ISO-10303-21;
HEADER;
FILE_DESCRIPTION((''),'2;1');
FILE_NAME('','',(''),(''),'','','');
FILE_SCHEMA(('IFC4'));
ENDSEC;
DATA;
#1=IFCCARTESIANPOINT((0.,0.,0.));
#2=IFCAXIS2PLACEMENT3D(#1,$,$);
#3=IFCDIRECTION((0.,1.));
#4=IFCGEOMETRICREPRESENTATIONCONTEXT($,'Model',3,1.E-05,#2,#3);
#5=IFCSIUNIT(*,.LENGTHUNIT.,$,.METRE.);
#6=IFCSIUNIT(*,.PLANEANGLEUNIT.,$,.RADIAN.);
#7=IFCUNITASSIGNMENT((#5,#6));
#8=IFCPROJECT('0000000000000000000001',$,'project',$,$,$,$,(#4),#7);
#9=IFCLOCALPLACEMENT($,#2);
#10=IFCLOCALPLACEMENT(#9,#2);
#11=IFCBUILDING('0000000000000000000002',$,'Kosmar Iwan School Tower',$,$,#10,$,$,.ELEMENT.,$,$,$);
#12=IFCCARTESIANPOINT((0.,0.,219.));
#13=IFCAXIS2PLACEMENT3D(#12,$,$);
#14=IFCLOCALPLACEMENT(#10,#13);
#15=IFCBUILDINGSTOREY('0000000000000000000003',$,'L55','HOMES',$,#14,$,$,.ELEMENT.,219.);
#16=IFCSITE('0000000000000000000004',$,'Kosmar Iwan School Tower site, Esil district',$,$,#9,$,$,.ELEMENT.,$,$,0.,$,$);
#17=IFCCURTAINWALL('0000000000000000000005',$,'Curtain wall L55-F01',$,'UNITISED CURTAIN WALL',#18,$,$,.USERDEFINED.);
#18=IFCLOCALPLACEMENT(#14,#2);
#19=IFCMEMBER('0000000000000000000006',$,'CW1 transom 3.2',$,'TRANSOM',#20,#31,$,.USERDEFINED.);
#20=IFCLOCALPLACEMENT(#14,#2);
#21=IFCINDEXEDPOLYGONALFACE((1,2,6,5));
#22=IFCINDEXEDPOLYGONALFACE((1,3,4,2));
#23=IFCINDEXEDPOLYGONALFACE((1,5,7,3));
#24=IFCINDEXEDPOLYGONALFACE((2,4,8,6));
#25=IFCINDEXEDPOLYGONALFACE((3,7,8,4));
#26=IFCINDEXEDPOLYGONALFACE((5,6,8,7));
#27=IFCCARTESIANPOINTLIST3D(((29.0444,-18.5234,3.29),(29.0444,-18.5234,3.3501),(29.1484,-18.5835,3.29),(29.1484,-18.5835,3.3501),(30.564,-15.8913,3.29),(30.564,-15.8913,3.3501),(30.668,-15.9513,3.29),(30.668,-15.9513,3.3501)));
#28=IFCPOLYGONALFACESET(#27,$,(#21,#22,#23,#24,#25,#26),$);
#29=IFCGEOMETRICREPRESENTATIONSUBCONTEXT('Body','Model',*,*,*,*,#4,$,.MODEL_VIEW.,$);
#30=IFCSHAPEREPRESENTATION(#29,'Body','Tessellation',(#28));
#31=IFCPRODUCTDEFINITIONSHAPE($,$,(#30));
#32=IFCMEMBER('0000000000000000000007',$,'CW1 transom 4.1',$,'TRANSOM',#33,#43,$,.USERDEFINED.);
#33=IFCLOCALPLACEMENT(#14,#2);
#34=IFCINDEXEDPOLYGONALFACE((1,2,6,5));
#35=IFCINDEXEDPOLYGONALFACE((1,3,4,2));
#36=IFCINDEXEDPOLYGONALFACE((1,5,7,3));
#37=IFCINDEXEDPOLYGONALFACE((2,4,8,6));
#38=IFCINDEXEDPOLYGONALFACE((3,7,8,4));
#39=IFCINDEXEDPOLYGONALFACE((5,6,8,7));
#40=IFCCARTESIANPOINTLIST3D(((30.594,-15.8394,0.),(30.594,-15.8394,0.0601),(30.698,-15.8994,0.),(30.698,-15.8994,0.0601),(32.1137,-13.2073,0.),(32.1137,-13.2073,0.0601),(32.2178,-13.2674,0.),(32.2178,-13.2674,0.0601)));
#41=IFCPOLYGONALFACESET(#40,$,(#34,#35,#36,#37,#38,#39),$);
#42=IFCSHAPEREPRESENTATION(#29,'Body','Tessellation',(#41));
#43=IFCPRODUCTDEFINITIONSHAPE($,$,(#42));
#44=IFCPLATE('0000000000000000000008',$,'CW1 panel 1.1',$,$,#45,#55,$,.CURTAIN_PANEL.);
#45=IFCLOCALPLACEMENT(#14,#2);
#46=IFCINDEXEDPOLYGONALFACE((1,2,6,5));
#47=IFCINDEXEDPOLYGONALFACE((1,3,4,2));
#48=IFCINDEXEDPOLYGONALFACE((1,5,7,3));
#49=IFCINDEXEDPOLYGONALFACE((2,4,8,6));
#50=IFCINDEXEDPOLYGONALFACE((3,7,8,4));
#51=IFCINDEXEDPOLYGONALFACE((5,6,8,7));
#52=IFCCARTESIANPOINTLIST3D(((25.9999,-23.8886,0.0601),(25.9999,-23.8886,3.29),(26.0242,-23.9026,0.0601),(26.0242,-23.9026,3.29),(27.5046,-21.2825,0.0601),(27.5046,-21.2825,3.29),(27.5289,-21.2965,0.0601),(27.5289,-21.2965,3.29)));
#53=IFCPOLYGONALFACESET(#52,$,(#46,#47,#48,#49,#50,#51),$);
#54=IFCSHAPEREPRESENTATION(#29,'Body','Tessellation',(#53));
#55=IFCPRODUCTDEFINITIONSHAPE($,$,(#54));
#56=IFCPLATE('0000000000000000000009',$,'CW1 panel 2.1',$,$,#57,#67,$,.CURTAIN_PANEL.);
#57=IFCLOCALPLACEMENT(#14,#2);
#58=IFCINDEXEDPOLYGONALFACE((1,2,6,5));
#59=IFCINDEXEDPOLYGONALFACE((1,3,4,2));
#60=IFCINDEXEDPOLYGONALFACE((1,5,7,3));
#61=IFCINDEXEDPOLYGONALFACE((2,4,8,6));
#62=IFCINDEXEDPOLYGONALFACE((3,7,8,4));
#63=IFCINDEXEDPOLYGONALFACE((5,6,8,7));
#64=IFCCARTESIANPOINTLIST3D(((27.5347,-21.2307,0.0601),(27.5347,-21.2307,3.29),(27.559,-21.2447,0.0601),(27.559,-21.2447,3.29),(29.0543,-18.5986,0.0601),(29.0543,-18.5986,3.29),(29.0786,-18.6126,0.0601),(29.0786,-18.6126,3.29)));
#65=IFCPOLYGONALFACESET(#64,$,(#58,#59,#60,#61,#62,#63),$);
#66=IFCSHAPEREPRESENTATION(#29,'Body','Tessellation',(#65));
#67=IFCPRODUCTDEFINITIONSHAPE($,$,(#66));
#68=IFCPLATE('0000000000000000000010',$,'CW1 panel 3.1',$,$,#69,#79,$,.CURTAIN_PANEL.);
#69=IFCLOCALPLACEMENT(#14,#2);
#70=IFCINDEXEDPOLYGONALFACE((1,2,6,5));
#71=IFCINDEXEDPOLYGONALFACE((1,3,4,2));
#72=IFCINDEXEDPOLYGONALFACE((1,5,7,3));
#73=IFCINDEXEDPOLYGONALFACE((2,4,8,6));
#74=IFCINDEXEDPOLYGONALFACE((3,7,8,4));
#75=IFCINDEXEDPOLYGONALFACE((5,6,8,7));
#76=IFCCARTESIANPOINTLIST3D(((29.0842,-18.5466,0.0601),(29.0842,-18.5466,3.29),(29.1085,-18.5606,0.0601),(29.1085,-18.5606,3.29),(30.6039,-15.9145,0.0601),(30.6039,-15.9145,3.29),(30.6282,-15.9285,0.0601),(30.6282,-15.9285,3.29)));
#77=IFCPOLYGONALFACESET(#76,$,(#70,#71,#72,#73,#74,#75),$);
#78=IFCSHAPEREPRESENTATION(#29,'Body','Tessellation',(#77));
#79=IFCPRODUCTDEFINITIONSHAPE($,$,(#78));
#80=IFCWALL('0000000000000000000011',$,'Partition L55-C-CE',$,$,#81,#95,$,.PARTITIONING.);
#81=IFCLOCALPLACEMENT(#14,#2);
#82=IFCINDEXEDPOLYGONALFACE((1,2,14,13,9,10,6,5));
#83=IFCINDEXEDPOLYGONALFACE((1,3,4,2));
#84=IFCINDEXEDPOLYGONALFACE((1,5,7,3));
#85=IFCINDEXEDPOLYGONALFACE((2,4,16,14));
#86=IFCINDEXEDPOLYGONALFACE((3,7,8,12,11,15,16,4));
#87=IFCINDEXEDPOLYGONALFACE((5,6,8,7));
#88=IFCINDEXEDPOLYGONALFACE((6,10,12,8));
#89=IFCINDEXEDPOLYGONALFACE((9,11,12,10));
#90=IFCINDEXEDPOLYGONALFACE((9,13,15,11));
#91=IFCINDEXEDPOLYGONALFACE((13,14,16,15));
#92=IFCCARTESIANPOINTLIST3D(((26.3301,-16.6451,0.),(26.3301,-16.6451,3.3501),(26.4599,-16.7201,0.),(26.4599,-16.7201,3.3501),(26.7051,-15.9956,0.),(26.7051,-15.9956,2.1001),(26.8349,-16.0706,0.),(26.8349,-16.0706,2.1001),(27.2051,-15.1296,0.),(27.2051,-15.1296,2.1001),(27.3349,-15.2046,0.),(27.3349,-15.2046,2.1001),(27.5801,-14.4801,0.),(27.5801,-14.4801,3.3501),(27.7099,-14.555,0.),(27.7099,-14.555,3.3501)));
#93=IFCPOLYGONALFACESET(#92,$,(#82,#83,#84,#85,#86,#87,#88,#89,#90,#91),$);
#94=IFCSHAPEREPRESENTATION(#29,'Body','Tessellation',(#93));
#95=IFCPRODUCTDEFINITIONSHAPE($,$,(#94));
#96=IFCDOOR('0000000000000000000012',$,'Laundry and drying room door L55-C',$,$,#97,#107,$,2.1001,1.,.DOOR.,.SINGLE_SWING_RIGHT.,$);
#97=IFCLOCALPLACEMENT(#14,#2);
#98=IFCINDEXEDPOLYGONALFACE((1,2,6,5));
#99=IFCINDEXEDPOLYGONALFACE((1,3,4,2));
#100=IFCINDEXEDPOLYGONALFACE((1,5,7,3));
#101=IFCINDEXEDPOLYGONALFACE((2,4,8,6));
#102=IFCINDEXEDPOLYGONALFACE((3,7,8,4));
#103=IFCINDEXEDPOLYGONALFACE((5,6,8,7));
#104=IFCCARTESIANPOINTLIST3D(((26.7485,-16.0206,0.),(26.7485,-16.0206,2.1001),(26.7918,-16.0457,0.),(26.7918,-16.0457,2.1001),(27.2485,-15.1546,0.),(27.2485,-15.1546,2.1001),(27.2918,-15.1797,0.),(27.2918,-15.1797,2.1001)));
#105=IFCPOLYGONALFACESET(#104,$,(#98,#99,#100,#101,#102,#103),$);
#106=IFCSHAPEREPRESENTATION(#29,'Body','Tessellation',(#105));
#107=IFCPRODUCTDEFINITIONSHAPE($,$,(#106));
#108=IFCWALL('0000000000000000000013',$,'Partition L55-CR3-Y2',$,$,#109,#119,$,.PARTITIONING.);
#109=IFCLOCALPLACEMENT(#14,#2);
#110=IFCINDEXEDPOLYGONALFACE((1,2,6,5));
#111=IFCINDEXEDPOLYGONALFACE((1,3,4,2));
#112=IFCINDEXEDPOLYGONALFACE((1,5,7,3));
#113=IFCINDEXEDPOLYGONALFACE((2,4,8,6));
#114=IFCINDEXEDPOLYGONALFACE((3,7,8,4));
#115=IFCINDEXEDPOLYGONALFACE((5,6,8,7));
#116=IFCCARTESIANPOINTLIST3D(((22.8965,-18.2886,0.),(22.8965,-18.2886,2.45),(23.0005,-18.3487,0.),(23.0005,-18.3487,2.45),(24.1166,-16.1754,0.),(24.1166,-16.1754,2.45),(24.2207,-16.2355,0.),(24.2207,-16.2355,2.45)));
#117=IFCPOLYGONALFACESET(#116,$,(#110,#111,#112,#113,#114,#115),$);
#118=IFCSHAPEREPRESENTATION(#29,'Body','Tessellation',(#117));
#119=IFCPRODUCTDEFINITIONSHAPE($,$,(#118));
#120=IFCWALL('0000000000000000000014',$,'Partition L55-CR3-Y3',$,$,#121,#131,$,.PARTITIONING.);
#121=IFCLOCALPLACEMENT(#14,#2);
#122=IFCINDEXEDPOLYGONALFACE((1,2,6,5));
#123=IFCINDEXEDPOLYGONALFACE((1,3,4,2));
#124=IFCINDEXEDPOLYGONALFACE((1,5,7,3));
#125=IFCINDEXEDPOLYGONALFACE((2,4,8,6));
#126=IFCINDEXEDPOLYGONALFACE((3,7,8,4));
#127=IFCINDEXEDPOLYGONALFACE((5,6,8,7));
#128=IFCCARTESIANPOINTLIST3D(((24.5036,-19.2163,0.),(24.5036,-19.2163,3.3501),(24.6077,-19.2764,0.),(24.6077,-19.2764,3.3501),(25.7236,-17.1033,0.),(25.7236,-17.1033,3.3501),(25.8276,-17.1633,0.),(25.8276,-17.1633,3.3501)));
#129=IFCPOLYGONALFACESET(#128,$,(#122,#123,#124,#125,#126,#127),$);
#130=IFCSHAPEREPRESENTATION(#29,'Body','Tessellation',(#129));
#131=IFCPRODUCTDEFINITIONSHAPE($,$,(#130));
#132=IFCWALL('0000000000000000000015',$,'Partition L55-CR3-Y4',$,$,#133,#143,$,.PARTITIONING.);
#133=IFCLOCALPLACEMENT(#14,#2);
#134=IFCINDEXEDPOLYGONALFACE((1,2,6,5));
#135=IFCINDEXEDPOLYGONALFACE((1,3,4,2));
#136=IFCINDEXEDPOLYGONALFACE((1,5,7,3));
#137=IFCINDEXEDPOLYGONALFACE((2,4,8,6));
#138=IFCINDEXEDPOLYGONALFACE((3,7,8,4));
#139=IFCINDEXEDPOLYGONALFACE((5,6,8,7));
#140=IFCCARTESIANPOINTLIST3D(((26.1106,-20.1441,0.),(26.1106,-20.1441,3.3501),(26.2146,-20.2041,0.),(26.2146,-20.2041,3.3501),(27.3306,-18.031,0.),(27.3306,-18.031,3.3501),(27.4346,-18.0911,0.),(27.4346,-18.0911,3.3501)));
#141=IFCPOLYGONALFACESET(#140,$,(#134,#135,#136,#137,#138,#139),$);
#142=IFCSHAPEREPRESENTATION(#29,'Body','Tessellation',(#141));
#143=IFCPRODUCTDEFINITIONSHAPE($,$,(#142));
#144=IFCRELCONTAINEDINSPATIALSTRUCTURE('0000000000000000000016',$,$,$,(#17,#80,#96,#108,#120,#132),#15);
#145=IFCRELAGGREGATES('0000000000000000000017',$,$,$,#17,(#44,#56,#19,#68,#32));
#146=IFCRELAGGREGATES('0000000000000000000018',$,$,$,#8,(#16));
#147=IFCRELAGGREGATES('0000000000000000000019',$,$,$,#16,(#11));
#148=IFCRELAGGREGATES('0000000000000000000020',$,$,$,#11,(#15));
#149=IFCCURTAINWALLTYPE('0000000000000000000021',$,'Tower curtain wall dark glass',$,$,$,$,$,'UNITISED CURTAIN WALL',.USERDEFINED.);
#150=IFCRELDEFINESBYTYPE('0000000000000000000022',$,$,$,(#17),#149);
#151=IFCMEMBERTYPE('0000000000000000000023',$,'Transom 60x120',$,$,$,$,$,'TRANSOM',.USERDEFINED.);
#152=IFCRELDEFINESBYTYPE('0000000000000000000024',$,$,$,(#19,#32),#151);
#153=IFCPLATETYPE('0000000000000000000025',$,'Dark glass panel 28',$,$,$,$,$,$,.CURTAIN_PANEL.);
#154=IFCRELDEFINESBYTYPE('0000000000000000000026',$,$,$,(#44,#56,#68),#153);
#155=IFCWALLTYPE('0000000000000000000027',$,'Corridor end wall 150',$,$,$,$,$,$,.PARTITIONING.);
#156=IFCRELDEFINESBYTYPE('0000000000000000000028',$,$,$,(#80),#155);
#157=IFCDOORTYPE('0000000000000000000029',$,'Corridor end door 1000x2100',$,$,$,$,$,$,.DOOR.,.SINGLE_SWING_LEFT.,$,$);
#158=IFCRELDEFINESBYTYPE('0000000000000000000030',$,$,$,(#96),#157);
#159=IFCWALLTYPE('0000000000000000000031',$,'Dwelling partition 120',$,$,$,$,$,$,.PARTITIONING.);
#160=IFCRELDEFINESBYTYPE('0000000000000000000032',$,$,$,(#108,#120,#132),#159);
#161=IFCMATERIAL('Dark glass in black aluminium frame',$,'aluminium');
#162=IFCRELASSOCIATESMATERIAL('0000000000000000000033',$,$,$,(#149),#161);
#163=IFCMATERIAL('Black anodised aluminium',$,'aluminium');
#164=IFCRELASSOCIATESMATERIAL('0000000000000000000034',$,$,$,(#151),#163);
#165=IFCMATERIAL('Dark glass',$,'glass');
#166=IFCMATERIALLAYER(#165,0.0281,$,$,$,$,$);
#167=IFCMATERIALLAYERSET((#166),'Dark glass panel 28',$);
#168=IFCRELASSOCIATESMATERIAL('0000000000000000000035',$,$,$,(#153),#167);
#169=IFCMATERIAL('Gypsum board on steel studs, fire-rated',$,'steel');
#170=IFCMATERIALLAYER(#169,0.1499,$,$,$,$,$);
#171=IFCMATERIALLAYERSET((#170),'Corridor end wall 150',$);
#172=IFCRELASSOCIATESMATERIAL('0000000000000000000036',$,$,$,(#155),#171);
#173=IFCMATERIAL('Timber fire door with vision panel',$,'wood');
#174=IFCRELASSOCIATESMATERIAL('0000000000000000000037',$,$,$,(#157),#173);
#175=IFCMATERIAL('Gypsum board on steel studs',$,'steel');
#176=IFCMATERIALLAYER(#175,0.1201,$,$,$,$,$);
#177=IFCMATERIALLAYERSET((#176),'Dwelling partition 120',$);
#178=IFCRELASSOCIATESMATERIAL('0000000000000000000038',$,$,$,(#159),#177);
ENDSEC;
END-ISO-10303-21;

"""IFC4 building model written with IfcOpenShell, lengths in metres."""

from ifc_helpers import new_model, si_unit, direction, frame, frame_2d, origin, origin_2d, place, context, subcontext, project, spatial, rectangle, extrude, material, layer, layer_set, material_profile, profile_set, type_object, element, fill, aggregate, save


model = new_model("IFC4")

# Units and contexts
model_context = context("Model", 3, precision=1e-05, world=origin(), true_north=direction((0.0, 1.0)))
body_context = subcontext(model_context, "Body", "Model", "MODEL_VIEW")
ifc_project = project(units=[si_unit("LENGTHUNIT", "METRE"), si_unit("PLANEANGLEUNIT", "RADIAN")], contexts=[model_context])

# Site, building, storey
site_placement = place(None, origin())
site = spatial("IfcSite", under=ifc_project, at=site_placement, Name="Kosmar Iwan School Tower site, Esil district", CompositionType="ELEMENT", RefElevation=0.0)
building_placement = place(site_placement, origin())
building = spatial("IfcBuilding", under=site, at=building_placement, Name="Kosmar Iwan School Tower", CompositionType="ELEMENT")
storey_placement = place(building_placement, frame((0.0, 0.0, 219.0)))
storey = spatial("IfcBuildingStorey", under=building, at=storey_placement, Name="L55", Description="HOMES", CompositionType="ELEMENT", Elevation=219.0)

# Curtain wall
ifc_material_1 = material(Name="Dark glass in black aluminium frame", Category="aluminium")
curtain_wall_type_1 = type_object("IfcCurtainWallType", Name="Tower curtain wall dark glass", ElementType="UNITISED CURTAIN WALL", PredefinedType="USERDEFINED", material=ifc_material_1)
curtain_wall_1_placement = place(storey_placement, origin())
curtain_wall_1 = element("IfcCurtainWall", 1, at=curtain_wall_1_placement, inside=storey, type_object=curtain_wall_type_1, Name="Curtain wall L55-F01", ObjectType="UNITISED CURTAIN WALL", PredefinedType="USERDEFINED")

# Members
ifc_material_2 = material(Name="Black anodised aluminium", Category="aluminium")
ifc_material_profile_1 = material_profile(ifc_material_2, rectangle(XDim=0.1201, YDim=0.0601, at=origin_2d()), Name="TRANSOM 60x120")
ifc_profile_set_1 = profile_set([ifc_material_profile_1], Name="Black anodised aluminium")
member_type_1 = type_object("IfcMemberType", Name="Transom 60x120", ElementType="TRANSOM", PredefinedType="USERDEFINED", material=ifc_profile_set_1)
member_1_placement = place(storey_placement, frame((29.0964, -18.5535, 3.3201), z_axis=(0.499975, 0.86604, 0.0), x_axis=(-0.86604, 0.499975, 0.0)))
member_1 = element("IfcMember", 2, at=member_1_placement, type_object=member_type_1, Name="CW1 transom 3.2", ObjectType="TRANSOM", PredefinedType="USERDEFINED", context=body_context, shape_type="SweptSolid", body=[
    extrude(rectangle(XDim=0.1201, YDim=0.0601, at=origin_2d()), origin(), (0.0, 0.0, 1.0), 3.0393),
])
member_2_placement = place(storey_placement, frame((30.646, -15.8694, 0.03), z_axis=(0.500035, 0.866005, 0.0), x_axis=(-0.866005, 0.500035, 0.0)))
member_2 = element("IfcMember", 3, at=member_2_placement, type_object=member_type_1, Name="CW1 transom 4.1", ObjectType="TRANSOM", PredefinedType="USERDEFINED", context=body_context, shape_type="SweptSolid", body=[
    extrude(rectangle(XDim=0.1201, YDim=0.0601, at=origin_2d()), origin(), (0.0, 0.0, 1.0), 3.0393),
])

# Plates
ifc_material_3 = material(Name="Dark glass", Category="glass")
ifc_layer_1 = layer(ifc_material_3, 0.0281)
ifc_layer_set_1 = layer_set([ifc_layer_1], Name="Dark glass panel 28")
plate_type = type_object("IfcPlateType", Name="Dark glass panel 28", PredefinedType="CURTAIN_PANEL", material=ifc_layer_set_1)
plate_1_placement = place(storey_placement, frame((26.7644, -22.5925, 0.0601), z_axis=(0.0, 0.0, 1.0), x_axis=(0.5, 0.866025, 0.0)))
plate_1 = element("IfcPlate", 4, at=plate_1_placement, type_object=plate_type, Name="CW1 panel 1.1", PredefinedType="CURTAIN_PANEL", context=body_context, shape_type="SweptSolid", body=[
    extrude(rectangle(XDim=3.0093, YDim=0.0281, at=origin_2d()), origin(), (0.0, 0.0, 1.0), 3.23),
])
plate_2_placement = place(storey_placement, frame((28.3066, -19.9216, 0.0601), z_axis=(0.0, 0.0, 1.0), x_axis=(0.5, 0.866025, 0.0)))
plate_2 = element("IfcPlate", 5, at=plate_2_placement, type_object=plate_type, Name="CW1 panel 2.1", PredefinedType="CURTAIN_PANEL", context=body_context, shape_type="SweptSolid", body=[
    extrude(rectangle(XDim=3.0393, YDim=0.0281, at=origin_2d()), origin(), (0.0, 0.0, 1.0), 3.23),
])
plate_3_placement = place(storey_placement, frame((29.8562, -17.2375, 0.0601), z_axis=(0.0, 0.0, 1.0), x_axis=(0.5, 0.866025, 0.0)))
plate_3 = element("IfcPlate", 6, at=plate_3_placement, type_object=plate_type, Name="CW1 panel 3.1", PredefinedType="CURTAIN_PANEL", context=body_context, shape_type="SweptSolid", body=[
    extrude(rectangle(XDim=3.0393, YDim=0.0281, at=origin_2d()), origin(), (0.0, 0.0, 1.0), 3.23),
])
aggregate(curtain_wall_1, [plate_1, plate_2, member_1, plate_3, member_2])

# Wall, opening, door
ifc_material_4 = material(Name="Gypsum board on steel studs, fire-rated", Category="steel")
ifc_layer_2 = layer(ifc_material_4, 0.1499)
ifc_layer_set_2 = layer_set([ifc_layer_2], Name="Corridor end wall 150")
wall_type_1 = type_object("IfcWallType", Name="Corridor end wall 150", PredefinedType="PARTITIONING", material=ifc_layer_set_2)
wall_1_placement = place(storey_placement, frame((26.395, -16.6826, 0.0), z_axis=(0.0, 0.0, 1.0), x_axis=(0.500004, 0.866023, 0.0)))
wall_1 = element("IfcWall", 7, at=wall_1_placement, inside=storey, type_object=wall_type_1, Name="Partition L55-C-CE", PredefinedType="PARTITIONING", context=body_context, shape_type="SweptSolid", body=[
    extrude(rectangle(XDim=2.5, YDim=0.1499, at=frame_2d((1.25, 0.0))), origin(), (0.0, 0.0, 1.0), 3.3501),
])
opening_placement = place(wall_1_placement, frame((0.75, 0.0, 0.0)))
opening = element("IfcOpeningElement", 8, at=opening_placement, cuts=wall_1, PredefinedType="OPENING", context=body_context, shape_type="SweptSolid", body=[
    extrude(rectangle(XDim=1.0, YDim=2.1001, at=frame_2d((0.5, 1.05))), frame((0.0, 0.0869, 0.0), z_axis=(0.0, -1.0, 0.0), x_axis=(1.0, 0.0, 0.0)), (0.0, 0.0, 1.0), 0.1738),
])
ifc_material_5 = material(Name="Timber fire door with vision panel", Category="wood")
door_type = type_object("IfcDoorType", Name="Corridor end door 1000x2100", OperationType="SINGLE_SWING_LEFT", PredefinedType="DOOR", material=ifc_material_5)
door_placement = place(opening_placement, origin())
door = element("IfcDoor", 9, at=door_placement, inside=storey, type_object=door_type, Name="Laundry and drying room door L55-C", OperationType="SINGLE_SWING_RIGHT", OverallHeight=2.1001, OverallWidth=1.0, PredefinedType="DOOR", context=body_context, shape_type="SweptSolid", body=[
    extrude(rectangle(XDim=1.0, YDim=2.1001, at=frame_2d((0.5, 1.05))), frame((0.0, 0.0249, 0.0), z_axis=(0.0, -1.0, 0.0), x_axis=(1.0, 0.0, 0.0)), (0.0, 0.0, 1.0), 0.05),
])
fill(opening, door)

# Walls
ifc_material_6 = material(Name="Gypsum board on steel studs", Category="steel")
ifc_layer_3 = layer(ifc_material_6, 0.1201)
ifc_layer_set_3 = layer_set([ifc_layer_3], Name="Dwelling partition 120")
wall_type_2 = type_object("IfcWallType", Name="Dwelling partition 120", PredefinedType="PARTITIONING", material=ifc_layer_set_3)
wall_2_placement = place(storey_placement, frame((24.1687, -16.2053, 0.0), z_axis=(0.0, 0.0, 1.0), x_axis=(-0.500034, -0.866006, 0.0)))
element("IfcWall", 10, at=wall_2_placement, inside=storey, type_object=wall_type_2, Name="Partition L55-CR3-Y2", PredefinedType="PARTITIONING", context=body_context, shape_type="SweptSolid", body=[
    extrude(rectangle(XDim=2.4402, YDim=0.1201, at=frame_2d((1.2202, 0.0))), origin(), (0.0, 0.0, 1.0), 2.45),
])
for number, where, z_axis, x_axis, name in (
    (11, (25.7756, -17.1333, 0.0), (0.0, 0.0, 1.0), (-0.500003, -0.866024, 0.0), "Partition L55-CR3-Y3"),
    (12, (27.3826, -18.061, 0.0), (0.0, 0.0, 1.0), (-0.500003, -0.866024, 0.0), "Partition L55-CR3-Y4"),
):
    element("IfcWall", number, at=place(storey_placement, frame(where, z_axis=z_axis, x_axis=x_axis)), inside=storey, type_object=wall_type_2, Name=name, PredefinedType="PARTITIONING", context=body_context, shape_type="SweptSolid", body=[
        extrude(rectangle(XDim=2.4399, YDim=0.1201, at=frame_2d((1.22, 0.0))), origin(), (0.0, 0.0, 1.0), 3.3501),
    ])

save(model, "model.ifc")
